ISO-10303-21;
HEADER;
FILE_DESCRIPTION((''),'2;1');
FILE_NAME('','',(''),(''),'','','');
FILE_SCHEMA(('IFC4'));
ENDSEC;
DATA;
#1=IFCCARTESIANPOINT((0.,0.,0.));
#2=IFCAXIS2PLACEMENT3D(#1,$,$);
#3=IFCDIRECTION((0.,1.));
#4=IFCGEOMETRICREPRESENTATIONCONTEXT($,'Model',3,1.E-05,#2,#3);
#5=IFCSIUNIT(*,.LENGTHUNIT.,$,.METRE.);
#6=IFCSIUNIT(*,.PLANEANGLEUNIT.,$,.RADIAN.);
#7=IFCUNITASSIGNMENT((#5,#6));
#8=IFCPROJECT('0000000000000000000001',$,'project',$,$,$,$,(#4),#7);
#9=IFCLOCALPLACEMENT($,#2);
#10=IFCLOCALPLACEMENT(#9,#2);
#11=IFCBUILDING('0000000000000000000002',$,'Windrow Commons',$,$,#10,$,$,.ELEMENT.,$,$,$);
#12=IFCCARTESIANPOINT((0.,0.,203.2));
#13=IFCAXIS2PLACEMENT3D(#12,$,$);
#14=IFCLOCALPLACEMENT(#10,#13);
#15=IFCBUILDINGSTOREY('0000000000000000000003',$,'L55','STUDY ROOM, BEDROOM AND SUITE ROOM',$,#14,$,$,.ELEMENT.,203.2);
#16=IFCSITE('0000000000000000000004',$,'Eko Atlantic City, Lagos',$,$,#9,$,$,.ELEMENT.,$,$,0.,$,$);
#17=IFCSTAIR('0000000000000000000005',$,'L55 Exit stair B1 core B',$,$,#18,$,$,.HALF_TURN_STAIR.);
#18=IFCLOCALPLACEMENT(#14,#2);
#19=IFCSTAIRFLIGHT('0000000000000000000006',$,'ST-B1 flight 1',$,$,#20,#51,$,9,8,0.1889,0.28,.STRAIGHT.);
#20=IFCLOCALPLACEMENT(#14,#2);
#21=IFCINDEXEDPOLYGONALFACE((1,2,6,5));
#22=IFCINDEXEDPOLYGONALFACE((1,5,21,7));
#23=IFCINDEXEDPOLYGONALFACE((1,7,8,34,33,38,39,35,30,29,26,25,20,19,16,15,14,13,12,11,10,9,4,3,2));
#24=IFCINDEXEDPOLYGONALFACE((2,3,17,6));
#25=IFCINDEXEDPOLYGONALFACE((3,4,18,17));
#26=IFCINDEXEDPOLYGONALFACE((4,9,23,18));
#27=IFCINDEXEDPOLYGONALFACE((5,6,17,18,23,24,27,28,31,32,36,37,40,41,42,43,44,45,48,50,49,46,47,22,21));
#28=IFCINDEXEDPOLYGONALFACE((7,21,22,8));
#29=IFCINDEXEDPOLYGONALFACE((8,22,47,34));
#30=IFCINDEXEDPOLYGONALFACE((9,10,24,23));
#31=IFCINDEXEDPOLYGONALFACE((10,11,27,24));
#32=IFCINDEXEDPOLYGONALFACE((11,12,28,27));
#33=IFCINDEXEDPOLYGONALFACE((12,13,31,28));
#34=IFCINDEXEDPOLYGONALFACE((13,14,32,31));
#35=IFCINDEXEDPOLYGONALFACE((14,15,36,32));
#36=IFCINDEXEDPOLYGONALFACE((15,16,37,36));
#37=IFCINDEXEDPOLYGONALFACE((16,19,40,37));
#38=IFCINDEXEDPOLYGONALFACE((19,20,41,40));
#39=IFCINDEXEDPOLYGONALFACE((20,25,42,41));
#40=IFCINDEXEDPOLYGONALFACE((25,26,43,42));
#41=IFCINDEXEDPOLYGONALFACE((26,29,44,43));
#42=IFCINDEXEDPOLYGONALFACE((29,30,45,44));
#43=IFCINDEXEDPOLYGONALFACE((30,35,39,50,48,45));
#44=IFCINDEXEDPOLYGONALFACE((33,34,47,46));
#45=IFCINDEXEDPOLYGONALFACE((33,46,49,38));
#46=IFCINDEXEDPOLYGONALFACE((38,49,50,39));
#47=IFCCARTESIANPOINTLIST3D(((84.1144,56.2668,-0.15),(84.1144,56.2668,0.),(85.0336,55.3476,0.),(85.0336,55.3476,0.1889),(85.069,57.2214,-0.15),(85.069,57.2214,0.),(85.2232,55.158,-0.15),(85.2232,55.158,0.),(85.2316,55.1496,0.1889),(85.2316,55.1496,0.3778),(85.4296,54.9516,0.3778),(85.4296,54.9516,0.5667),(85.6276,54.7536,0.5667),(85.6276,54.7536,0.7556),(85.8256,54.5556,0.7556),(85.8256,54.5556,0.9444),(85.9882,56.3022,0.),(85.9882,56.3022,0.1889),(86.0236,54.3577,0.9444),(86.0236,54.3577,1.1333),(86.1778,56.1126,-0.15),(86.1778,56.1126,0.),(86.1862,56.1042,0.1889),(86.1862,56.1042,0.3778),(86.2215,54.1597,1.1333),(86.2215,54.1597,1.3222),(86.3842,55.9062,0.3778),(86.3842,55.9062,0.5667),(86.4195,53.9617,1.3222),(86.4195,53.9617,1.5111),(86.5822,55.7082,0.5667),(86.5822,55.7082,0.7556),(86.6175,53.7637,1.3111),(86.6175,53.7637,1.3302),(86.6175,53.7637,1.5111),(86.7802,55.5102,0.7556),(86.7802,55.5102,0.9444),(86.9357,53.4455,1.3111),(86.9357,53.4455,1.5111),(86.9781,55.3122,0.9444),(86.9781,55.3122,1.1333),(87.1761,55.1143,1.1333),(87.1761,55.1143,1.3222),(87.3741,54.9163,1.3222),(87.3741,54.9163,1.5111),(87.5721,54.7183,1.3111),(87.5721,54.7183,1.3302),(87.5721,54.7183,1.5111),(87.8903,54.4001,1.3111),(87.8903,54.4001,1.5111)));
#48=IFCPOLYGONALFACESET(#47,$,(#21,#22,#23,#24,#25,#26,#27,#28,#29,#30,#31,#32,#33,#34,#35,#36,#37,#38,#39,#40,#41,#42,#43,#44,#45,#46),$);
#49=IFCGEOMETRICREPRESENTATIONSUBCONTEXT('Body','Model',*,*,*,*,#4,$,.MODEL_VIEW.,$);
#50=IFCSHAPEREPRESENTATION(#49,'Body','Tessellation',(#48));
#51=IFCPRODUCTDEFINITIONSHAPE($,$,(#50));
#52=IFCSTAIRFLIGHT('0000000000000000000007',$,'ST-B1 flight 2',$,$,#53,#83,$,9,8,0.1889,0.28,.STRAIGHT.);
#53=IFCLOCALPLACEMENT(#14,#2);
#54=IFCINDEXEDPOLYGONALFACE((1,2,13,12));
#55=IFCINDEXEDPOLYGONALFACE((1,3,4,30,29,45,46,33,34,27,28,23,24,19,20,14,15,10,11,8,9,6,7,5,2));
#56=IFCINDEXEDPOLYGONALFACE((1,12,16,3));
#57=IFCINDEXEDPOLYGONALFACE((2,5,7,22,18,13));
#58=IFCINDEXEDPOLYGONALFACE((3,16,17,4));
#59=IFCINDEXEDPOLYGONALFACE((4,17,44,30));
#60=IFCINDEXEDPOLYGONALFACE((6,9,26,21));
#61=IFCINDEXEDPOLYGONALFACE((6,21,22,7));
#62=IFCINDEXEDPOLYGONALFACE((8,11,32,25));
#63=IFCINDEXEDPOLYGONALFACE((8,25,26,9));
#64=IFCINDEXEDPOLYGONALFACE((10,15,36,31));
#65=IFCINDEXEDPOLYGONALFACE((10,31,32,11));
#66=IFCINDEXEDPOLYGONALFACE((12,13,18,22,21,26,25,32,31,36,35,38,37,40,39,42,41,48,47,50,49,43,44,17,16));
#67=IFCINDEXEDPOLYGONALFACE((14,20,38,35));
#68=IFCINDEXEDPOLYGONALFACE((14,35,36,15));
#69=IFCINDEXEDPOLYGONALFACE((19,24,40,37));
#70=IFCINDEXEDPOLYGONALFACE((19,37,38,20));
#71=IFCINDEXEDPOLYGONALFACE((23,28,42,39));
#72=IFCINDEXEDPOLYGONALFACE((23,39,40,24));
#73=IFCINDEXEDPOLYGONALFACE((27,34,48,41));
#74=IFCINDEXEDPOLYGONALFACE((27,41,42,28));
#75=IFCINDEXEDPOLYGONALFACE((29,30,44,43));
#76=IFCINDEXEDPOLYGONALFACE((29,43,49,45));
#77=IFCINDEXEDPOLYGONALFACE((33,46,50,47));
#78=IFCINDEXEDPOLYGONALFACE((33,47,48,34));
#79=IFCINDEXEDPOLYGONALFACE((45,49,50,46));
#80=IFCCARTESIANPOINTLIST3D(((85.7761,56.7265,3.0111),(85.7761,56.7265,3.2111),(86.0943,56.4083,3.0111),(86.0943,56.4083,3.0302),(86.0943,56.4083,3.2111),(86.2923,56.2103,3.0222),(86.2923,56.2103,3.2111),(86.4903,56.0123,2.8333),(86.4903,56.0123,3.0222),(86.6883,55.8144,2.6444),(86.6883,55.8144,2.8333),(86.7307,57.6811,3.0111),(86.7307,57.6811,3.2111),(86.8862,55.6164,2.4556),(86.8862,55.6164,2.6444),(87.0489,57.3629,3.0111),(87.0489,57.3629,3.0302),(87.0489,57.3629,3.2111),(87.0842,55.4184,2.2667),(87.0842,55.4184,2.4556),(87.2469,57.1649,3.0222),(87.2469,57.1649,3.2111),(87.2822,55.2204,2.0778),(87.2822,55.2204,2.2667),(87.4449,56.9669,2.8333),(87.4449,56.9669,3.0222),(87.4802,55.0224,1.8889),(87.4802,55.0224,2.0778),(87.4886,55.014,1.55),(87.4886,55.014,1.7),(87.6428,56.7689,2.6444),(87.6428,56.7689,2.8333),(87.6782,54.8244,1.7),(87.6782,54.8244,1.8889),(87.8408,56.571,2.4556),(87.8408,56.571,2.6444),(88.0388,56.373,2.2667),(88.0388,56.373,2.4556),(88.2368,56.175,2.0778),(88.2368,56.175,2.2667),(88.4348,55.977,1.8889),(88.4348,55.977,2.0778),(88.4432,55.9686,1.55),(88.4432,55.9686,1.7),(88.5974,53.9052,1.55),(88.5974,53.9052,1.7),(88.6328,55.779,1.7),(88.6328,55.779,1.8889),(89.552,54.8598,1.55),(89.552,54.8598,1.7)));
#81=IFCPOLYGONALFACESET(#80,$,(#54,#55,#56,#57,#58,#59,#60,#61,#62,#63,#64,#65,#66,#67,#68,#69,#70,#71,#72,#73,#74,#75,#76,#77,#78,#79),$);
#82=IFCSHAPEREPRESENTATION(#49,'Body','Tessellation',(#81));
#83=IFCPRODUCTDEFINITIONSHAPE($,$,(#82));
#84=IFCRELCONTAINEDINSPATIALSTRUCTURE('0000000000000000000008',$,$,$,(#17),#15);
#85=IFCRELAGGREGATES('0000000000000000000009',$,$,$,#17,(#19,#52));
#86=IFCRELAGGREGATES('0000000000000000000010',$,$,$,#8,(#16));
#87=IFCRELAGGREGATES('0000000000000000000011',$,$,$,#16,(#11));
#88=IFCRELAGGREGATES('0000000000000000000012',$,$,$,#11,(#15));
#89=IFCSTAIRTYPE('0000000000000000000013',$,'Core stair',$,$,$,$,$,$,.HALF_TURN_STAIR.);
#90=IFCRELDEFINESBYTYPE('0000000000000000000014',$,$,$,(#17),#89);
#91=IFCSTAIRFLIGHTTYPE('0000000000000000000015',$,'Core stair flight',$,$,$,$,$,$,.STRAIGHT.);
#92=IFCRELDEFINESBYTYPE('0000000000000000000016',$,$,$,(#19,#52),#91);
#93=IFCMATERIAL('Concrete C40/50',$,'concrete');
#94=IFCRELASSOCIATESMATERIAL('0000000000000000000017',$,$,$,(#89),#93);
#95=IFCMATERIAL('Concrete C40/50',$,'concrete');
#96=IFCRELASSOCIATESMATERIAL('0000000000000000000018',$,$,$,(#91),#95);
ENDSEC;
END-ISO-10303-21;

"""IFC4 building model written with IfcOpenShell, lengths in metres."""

from ifc_helpers import new_model, si_unit, direction, frame, origin, place, context, subcontext, project, spatial, polyline, outline, extrude, material, type_object, element, aggregate, save


model = new_model("IFC4")

# Units and contexts
model_context = context("Model", 3, precision=1e-05, world=origin(), true_north=direction((0.0, 1.0)))
body_context = subcontext(model_context, "Body", "Model", "MODEL_VIEW")
ifc_project = project(units=[si_unit("LENGTHUNIT", "METRE"), si_unit("PLANEANGLEUNIT", "RADIAN")], contexts=[model_context])

# Site, building, storey
site_placement = place(None, origin())
site = spatial("IfcSite", under=ifc_project, at=site_placement, Name="Eko Atlantic City, Lagos", CompositionType="ELEMENT", RefElevation=0.0)
building_placement = place(site_placement, origin())
building = spatial("IfcBuilding", under=site, at=building_placement, Name="Windrow Commons", CompositionType="ELEMENT")
storey_placement = place(building_placement, frame((0.0, 0.0, 203.2)))
storey = spatial("IfcBuildingStorey", under=building, at=storey_placement, Name="L55", Description="STUDY ROOM, BEDROOM AND SUITE ROOM", CompositionType="ELEMENT", Elevation=203.2)

# Stair, stair flights
ifc_material_1 = material(Name="Concrete C40/50", Category="concrete")
stair_type = type_object("IfcStairType", Name="Core stair", PredefinedType="HALF_TURN_STAIR", material=ifc_material_1)
stair_placement = place(storey_placement, origin())
stair = element("IfcStair", 1, at=stair_placement, inside=storey, type_object=stair_type, Name="L55 Exit stair B1 core B", PredefinedType="HALF_TURN_STAIR")
ifc_material_2 = material(Name="Concrete C40/50", Category="concrete")
stair_flight_type = type_object("IfcStairFlightType", Name="Core stair flight", PredefinedType="STRAIGHT", material=ifc_material_2)
stair_flight_1_placement = place(storey_placement, frame((85.5109, 55.8249, 0.0), z_axis=(0.0, 0.0, 1.0), x_axis=(0.707107, -0.707107, 0.0)))
stair_flight_1 = element("IfcStairFlight", 2, at=stair_flight_1_placement, type_object=stair_flight_type, Name="ST-B1 flight 1", NumberOfRisers=9, NumberOfTreads=8, PredefinedType="STRAIGHT", RiserHeight=0.1889, TreadLength=0.28, context=body_context, shape_type="SweptSolid", body=[
    extrude(outline(polyline([(-1.3, -0.15), (-1.3, 0.0), (0.0, 0.0), (0.0, 0.1889), (0.28, 0.1889), (0.28, 0.3778), (0.56, 0.3778), (0.56, 0.5667), (0.84, 0.5667), (0.84, 0.7556), (1.12, 0.7556), (1.12, 0.9444), (1.4, 0.9444), (1.4, 1.1333), (1.68, 1.1333), (1.68, 1.3222), (1.96, 1.3222), (1.96, 1.5111), (2.24, 1.5111), (2.69, 1.5111), (2.69, 1.3111), (2.24, 1.3111), (2.24, 1.3302), (0.2682, 0.0), (0.2682, -0.15), (-1.3, -0.15)])), frame((0.0, 0.675, 0.0), z_axis=(0.0, -1.0, 0.0), x_axis=(1.0, 0.0, 0.0)), (0.0, 0.0, 1.0), 1.35),
])
stair_flight_2_placement = place(storey_placement, frame((88.1555, 55.3017, 1.7), z_axis=(0.0, 0.0, 1.0), x_axis=(-0.707107, 0.707107, 0.0)))
stair_flight_2 = element("IfcStairFlight", 3, at=stair_flight_2_placement, type_object=stair_flight_type, Name="ST-B1 flight 2", NumberOfRisers=9, NumberOfTreads=8, PredefinedType="STRAIGHT", RiserHeight=0.1889, TreadLength=0.28, context=body_context, shape_type="SweptSolid", body=[
    extrude(outline(polyline([(-1.3, -0.15), (-1.3, 0.0), (0.0, 0.0), (0.0, 0.1889), (0.28, 0.1889), (0.28, 0.3778), (0.56, 0.3778), (0.56, 0.5667), (0.84, 0.5667), (0.84, 0.7556), (1.12, 0.7556), (1.12, 0.9444), (1.4, 0.9444), (1.4, 1.1333), (1.68, 1.1333), (1.68, 1.3222), (1.96, 1.3222), (1.96, 1.5111), (2.24, 1.5111), (2.69, 1.5111), (2.69, 1.3111), (2.24, 1.3111), (2.24, 1.3302), (0.2682, 0.0), (0.2682, -0.15), (-1.3, -0.15)])), frame((0.0, 0.675, 0.0), z_axis=(0.0, -1.0, 0.0), x_axis=(1.0, 0.0, 0.0)), (0.0, 0.0, 1.0), 1.35),
])
aggregate(stair, [stair_flight_1, stair_flight_2])

save(model, "model.ifc")
